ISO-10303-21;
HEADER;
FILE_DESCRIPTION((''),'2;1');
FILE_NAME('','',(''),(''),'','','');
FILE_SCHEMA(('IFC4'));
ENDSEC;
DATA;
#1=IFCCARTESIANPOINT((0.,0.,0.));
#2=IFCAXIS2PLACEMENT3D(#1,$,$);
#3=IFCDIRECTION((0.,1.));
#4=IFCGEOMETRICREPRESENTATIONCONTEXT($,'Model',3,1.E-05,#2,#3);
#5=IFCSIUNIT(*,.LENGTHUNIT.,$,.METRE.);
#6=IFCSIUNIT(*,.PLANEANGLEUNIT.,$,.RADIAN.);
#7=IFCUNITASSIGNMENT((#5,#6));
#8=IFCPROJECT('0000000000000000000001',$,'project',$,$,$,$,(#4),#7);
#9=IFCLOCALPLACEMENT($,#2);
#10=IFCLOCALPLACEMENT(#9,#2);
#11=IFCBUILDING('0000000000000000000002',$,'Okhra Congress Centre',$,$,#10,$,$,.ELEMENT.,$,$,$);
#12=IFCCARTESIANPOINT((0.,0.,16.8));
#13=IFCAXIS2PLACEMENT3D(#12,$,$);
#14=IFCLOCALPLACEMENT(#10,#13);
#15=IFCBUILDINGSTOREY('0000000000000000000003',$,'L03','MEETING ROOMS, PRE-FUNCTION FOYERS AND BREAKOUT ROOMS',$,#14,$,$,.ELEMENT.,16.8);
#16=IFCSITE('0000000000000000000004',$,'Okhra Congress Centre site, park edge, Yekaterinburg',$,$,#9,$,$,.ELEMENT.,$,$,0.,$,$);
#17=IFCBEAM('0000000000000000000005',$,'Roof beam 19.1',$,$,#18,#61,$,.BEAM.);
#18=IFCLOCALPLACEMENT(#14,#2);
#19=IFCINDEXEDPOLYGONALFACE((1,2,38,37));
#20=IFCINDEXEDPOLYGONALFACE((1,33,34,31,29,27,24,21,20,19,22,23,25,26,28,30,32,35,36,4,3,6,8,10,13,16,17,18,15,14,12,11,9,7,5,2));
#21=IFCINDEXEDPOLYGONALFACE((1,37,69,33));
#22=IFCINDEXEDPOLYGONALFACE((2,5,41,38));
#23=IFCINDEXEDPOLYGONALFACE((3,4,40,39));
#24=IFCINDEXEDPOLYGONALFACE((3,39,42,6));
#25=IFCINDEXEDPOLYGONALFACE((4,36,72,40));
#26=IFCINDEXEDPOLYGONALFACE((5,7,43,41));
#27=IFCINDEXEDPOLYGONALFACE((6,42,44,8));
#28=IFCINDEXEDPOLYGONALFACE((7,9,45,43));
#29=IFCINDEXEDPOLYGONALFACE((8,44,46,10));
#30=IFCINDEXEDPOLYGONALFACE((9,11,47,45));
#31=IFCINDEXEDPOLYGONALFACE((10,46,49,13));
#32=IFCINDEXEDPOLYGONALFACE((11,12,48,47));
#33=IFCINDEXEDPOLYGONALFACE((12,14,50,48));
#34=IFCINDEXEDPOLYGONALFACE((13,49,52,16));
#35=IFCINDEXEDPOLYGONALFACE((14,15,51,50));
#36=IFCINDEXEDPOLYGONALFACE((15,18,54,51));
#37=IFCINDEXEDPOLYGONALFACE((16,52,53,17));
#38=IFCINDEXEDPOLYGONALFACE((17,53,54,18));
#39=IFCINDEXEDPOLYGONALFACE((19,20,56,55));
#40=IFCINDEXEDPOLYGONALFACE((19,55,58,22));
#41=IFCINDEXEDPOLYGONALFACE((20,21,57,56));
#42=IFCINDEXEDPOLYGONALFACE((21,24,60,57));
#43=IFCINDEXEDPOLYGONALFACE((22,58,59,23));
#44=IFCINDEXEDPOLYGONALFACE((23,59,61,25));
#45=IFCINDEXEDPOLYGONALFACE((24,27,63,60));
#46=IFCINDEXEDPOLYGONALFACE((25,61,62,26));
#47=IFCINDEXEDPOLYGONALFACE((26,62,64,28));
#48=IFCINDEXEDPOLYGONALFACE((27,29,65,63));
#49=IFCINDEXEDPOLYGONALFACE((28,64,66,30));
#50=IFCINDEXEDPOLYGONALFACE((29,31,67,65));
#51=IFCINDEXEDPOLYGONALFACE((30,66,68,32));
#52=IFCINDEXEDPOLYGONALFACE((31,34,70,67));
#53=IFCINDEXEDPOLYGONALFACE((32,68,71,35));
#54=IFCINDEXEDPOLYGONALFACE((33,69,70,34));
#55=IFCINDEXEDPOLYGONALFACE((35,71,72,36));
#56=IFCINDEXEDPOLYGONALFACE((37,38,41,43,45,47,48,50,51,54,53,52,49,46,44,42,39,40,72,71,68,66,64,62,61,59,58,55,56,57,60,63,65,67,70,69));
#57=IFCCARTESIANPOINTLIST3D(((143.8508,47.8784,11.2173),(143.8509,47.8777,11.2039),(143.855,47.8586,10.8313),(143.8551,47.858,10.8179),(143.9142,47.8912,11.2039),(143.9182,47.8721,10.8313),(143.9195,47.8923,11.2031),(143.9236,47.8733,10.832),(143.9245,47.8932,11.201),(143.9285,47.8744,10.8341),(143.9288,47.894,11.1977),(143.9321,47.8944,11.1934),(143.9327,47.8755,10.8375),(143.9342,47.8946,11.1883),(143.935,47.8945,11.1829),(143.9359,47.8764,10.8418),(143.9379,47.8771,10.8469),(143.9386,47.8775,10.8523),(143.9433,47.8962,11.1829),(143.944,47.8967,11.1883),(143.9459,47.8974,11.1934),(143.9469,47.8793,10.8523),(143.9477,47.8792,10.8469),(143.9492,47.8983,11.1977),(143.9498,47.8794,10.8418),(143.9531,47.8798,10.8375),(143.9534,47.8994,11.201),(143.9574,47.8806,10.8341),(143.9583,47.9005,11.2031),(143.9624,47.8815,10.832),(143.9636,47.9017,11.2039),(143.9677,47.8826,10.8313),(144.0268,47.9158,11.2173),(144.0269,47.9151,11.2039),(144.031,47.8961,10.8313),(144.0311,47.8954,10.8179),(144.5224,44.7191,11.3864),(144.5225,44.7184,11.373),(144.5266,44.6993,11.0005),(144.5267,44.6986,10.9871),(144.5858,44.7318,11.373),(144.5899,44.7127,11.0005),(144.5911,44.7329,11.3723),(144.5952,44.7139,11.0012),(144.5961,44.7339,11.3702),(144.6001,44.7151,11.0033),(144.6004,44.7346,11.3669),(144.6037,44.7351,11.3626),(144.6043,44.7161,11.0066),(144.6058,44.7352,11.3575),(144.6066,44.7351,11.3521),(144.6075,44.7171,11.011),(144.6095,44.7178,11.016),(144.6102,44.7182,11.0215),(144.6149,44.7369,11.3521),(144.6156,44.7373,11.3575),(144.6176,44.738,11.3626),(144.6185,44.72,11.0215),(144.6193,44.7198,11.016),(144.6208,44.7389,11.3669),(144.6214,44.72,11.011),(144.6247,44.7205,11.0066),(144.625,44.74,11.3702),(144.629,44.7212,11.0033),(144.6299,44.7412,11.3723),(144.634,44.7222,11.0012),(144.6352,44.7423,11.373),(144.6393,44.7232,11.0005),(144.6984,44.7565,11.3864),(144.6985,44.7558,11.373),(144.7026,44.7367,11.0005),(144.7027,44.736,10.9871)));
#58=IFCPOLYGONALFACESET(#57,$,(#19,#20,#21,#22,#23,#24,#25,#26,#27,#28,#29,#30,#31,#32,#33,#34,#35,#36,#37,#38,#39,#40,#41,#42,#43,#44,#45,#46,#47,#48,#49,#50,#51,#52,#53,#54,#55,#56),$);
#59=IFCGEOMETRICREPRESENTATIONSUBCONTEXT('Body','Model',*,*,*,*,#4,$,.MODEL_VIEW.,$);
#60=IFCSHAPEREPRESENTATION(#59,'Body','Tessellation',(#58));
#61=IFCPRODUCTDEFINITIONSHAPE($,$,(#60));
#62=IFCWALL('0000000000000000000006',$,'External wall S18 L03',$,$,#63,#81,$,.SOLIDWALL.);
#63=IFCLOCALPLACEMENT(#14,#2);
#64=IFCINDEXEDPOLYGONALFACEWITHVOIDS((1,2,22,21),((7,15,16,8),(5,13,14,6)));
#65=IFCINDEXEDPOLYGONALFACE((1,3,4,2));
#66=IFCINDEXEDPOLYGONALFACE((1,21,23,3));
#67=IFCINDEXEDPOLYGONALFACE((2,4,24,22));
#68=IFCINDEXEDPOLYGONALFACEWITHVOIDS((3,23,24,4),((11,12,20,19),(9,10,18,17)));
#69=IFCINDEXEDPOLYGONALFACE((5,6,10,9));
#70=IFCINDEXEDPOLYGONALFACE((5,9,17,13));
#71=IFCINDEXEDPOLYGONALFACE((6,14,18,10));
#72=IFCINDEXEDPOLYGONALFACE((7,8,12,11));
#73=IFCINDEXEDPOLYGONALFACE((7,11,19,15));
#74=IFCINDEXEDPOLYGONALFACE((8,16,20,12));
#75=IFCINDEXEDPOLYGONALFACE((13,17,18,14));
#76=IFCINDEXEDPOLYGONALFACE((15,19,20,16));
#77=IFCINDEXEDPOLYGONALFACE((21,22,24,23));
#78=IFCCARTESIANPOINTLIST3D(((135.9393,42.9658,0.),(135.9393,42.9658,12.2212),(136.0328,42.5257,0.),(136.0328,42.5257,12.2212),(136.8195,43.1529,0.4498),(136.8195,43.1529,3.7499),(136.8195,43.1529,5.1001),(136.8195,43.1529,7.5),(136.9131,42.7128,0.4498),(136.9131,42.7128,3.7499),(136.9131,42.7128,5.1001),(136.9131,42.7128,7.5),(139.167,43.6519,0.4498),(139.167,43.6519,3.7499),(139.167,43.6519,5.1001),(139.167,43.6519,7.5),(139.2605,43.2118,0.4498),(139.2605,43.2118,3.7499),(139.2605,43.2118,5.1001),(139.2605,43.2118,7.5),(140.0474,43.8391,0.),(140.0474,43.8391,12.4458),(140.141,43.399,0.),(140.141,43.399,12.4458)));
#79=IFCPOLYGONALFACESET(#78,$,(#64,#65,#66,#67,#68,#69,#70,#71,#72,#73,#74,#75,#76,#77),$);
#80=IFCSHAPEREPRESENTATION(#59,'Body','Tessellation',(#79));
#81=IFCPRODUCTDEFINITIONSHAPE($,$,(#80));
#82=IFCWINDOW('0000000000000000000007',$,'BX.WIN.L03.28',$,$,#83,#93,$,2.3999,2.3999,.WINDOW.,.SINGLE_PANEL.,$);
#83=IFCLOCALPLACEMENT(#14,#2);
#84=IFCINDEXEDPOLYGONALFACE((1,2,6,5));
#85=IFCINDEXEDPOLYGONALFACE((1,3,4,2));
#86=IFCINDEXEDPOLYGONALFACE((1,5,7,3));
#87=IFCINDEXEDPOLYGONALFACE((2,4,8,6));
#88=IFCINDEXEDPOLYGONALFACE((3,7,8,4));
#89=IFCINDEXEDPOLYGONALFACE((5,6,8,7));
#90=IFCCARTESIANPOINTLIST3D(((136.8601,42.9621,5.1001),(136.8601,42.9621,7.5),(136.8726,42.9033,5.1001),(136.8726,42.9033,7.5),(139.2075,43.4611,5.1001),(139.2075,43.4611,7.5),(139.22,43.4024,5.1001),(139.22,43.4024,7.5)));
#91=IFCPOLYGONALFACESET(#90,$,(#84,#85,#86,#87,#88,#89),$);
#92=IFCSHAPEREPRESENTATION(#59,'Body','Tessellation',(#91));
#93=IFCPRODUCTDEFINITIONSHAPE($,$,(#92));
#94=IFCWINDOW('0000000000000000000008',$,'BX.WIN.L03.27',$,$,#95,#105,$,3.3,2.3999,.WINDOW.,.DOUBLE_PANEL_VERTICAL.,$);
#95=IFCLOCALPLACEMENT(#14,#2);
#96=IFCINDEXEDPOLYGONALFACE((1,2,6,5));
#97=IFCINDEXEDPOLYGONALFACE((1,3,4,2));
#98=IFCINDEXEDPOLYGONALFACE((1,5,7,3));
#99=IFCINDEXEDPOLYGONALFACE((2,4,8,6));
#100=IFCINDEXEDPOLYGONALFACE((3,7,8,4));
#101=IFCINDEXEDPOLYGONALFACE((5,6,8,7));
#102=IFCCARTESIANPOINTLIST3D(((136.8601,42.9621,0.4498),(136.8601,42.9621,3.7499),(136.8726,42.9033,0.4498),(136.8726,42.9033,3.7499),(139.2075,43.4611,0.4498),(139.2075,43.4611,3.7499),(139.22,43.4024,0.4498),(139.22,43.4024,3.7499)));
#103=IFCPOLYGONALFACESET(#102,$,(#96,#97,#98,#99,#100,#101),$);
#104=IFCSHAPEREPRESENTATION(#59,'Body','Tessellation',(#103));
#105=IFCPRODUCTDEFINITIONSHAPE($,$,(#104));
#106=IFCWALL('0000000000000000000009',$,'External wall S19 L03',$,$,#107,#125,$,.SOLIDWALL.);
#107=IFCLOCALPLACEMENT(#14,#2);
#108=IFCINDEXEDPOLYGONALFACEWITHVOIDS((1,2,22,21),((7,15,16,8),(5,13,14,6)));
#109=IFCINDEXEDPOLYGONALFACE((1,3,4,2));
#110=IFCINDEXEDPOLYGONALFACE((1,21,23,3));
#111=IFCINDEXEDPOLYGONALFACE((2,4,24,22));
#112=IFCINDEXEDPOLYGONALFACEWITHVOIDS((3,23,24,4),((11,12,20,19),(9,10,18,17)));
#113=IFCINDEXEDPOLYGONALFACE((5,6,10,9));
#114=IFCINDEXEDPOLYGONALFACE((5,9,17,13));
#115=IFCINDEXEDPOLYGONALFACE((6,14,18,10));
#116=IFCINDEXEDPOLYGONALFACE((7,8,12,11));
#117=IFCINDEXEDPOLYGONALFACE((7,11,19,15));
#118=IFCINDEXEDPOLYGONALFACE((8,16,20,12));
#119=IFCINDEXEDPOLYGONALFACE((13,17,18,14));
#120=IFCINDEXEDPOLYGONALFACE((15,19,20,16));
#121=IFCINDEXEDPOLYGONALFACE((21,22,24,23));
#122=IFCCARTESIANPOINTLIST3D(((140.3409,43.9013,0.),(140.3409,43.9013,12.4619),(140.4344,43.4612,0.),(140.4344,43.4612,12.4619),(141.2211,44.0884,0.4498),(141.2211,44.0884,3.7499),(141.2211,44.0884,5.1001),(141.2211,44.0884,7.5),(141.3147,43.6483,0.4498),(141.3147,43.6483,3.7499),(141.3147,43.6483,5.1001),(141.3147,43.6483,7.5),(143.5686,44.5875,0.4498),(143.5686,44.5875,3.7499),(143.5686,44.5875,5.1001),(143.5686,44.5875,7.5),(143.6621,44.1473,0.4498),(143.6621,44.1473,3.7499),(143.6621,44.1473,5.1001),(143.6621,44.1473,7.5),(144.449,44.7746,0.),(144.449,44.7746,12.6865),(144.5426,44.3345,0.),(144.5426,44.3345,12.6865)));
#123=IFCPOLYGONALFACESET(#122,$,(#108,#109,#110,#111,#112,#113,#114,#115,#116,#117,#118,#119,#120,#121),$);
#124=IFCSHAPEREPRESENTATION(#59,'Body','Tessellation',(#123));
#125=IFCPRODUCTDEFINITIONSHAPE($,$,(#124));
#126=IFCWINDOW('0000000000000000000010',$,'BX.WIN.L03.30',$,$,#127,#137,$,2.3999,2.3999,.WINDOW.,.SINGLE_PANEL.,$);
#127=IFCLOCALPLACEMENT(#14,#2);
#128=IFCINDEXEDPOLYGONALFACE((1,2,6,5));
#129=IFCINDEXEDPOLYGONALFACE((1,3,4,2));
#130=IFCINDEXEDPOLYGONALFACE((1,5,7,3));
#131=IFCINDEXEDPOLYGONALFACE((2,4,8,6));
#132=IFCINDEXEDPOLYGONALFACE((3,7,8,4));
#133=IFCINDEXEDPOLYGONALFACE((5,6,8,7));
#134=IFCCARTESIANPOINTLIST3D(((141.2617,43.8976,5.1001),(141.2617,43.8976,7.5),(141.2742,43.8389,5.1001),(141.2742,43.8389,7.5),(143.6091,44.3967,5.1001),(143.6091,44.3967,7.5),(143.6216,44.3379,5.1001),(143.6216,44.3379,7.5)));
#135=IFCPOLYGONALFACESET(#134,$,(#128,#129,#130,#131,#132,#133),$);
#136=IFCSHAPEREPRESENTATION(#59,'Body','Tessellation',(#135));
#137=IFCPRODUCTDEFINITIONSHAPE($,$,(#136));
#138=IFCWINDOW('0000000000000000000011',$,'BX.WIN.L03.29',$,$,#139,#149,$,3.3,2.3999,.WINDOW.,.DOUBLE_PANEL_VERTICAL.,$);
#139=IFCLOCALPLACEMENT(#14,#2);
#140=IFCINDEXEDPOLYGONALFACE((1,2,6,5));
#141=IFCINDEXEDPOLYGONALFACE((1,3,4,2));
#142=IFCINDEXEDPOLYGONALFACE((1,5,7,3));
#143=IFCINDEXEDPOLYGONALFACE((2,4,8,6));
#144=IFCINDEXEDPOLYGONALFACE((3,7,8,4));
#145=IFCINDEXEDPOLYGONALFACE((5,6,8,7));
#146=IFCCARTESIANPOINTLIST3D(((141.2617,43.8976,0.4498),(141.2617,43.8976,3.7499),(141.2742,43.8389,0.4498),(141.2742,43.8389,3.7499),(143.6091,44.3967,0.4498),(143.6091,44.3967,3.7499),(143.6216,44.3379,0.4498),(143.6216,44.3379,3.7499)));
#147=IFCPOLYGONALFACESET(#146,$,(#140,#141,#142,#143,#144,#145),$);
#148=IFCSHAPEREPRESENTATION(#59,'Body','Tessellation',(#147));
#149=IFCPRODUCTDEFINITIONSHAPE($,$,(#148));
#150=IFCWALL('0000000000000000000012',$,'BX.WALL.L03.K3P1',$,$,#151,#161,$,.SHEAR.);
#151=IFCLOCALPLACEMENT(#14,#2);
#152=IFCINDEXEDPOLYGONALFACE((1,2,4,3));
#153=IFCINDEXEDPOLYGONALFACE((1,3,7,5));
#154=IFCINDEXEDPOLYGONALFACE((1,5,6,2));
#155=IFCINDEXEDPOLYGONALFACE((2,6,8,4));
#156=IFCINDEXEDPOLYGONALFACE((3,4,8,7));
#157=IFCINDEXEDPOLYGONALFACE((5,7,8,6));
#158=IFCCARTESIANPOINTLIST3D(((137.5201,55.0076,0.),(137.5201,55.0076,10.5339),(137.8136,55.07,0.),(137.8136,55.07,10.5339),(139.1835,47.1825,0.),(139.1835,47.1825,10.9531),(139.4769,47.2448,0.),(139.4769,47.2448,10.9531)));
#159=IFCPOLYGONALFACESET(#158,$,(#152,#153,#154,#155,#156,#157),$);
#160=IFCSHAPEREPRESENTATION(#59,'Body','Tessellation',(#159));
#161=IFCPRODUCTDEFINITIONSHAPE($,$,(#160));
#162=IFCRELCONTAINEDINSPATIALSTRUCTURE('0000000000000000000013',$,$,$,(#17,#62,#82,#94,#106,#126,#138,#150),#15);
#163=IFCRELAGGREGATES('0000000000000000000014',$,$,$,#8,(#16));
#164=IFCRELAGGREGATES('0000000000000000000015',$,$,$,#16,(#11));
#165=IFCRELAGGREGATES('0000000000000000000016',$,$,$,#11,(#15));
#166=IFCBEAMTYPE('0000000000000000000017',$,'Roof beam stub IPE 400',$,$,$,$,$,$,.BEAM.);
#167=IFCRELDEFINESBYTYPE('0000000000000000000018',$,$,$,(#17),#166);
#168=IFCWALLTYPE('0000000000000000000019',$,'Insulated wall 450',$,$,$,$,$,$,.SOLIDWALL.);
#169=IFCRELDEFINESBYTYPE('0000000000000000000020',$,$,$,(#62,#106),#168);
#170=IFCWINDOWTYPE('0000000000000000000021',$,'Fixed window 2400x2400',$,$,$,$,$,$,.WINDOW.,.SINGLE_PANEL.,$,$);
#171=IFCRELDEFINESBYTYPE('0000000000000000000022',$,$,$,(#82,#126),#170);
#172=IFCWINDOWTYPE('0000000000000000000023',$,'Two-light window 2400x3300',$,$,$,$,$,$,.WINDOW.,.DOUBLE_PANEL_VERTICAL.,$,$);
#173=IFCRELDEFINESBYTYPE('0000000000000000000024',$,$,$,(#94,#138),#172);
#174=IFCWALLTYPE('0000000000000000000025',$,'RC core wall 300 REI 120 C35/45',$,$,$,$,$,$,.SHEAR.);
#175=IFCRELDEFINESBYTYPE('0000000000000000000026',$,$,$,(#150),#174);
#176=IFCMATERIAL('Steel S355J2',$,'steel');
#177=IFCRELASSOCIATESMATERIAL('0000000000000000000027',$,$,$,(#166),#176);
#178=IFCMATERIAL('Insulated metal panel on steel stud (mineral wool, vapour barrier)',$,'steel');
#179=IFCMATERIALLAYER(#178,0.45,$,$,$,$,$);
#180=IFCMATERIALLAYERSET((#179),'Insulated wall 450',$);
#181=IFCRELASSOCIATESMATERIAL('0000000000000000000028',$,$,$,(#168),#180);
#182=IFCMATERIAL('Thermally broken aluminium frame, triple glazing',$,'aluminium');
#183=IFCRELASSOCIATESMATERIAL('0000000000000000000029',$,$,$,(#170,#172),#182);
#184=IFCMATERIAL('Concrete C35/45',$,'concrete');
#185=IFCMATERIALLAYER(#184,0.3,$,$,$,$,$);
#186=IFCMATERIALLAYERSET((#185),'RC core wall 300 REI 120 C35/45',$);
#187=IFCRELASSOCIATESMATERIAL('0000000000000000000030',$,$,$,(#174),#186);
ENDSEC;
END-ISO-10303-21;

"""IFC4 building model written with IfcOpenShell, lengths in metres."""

from ifc_helpers import new_model, si_unit, direction, frame, frame_2d, origin, origin_2d, place, context, subcontext, project, spatial, polyline, rectangle, i_section, outline, extrude, material, layer, layer_set, material_profile, profile_set, type_object, element, fill, save


model = new_model("IFC4")

# Units and contexts
model_context = context("Model", 3, precision=1e-05, world=origin(), true_north=direction((0.0, 1.0)))
body_context = subcontext(model_context, "Body", "Model", "MODEL_VIEW")
ifc_project = project(units=[si_unit("LENGTHUNIT", "METRE"), si_unit("PLANEANGLEUNIT", "RADIAN")], contexts=[model_context])

# Site, building, storey
site_placement = place(None, origin())
site = spatial("IfcSite", under=ifc_project, at=site_placement, Name="Okhra Congress Centre site, park edge, Yekaterinburg", CompositionType="ELEMENT", RefElevation=0.0)
building_placement = place(site_placement, origin())
building = spatial("IfcBuilding", under=site, at=building_placement, Name="Okhra Congress Centre", CompositionType="ELEMENT")
storey_placement = place(building_placement, frame((0.0, 0.0, 16.8)))
storey = spatial("IfcBuildingStorey", under=building, at=storey_placement, Name="L03", Description="MEETING ROOMS, PRE-FUNCTION FOYERS AND BREAKOUT ROOMS", CompositionType="ELEMENT", Elevation=16.8)

# Shared definitions
ifc_material_1 = material(Name="Steel S355J2", Category="steel")

# Beam
ifc_material_profile_1 = material_profile(ifc_material_1, i_section(OverallWidth=0.1799, OverallDepth=0.3999, WebThickness=0.0085, FlangeThickness=0.0134, FilletRadius=0.021, at=origin_2d()), Name="IPE 400")
ifc_profile_set_1 = profile_set([ifc_material_profile_1], Name="Steel S355J2")
beam_type = type_object("IfcBeamType", Name="Roof beam stub IPE 400", PredefinedType="BEAM", material=ifc_profile_set_1)
for number, where, z_axis, x_axis, name in (
    (1, (144.6125, 44.7275, 11.1868), (-0.207649, 0.976804, -0.052309), (-0.978143, -0.207934, 0.0), "Roof beam 19.1"),
):
    element("IfcBeam", number, at=place(storey_placement, frame(where, z_axis=z_axis, x_axis=x_axis)), inside=storey, type_object=beam_type, Name=name, PredefinedType="BEAM", context=body_context, shape_type="SweptSolid", body=[
        extrude(i_section(OverallWidth=0.1799, OverallDepth=0.3999, WebThickness=0.0085, FlangeThickness=0.0134, FilletRadius=0.021, at=origin_2d()), origin(), (0.0, 0.0, 1.0), 3.2344),
    ])

# Walls, openings, windows
ifc_material_2 = material(Name="Insulated metal panel on steel stud (mineral wool, vapour barrier)", Category="steel")
ifc_layer_1 = layer(ifc_material_2, 0.45)
ifc_layer_set_1 = layer_set([ifc_layer_1], Name="Insulated wall 450")
wall_type_1 = type_object("IfcWallType", Name="Insulated wall 450", PredefinedType="SOLIDWALL", material=ifc_layer_set_1)
wall_1_placement = place(storey_placement, frame((135.9861, 42.7456, 0.0), z_axis=(0.0, 0.0, 1.0), x_axis=(0.978144, 0.207929, 0.0)))
wall_1 = element("IfcWall", 2, at=wall_1_placement, inside=storey, type_object=wall_type_1, Name="External wall S18 L03", PredefinedType="SOLIDWALL", context=body_context, shape_type="SweptSolid", body=[
    extrude(outline(polyline([(0.0, 0.0), (4.2, 0.0), (4.2, 12.4458), (0.0, 12.2212), (0.0, 0.0)])), frame((0.0, 0.2251, 0.0), z_axis=(0.0, -1.0, 0.0), x_axis=(1.0, 0.0, 0.0)), (0.0, 0.0, 1.0), 0.45),
])
opening_1_placement = place(wall_1_placement, frame((0.8999, 0.0, 0.45)))
opening_1 = element("IfcOpeningElement", 3, at=opening_1_placement, cuts=wall_1, PredefinedType="OPENING", context=body_context, shape_type="SweptSolid", body=[
    extrude(rectangle(XDim=2.3999, YDim=3.3, at=frame_2d((1.2, 1.6499))), frame((0.0, 0.2349, 0.0), z_axis=(0.0, -1.0, 0.0), x_axis=(1.0, 0.0, 0.0)), (0.0, 0.0, 1.0), 0.47),
])
opening_2_placement = place(wall_1_placement, frame((0.8999, 0.0, 5.1001)))
opening_2 = element("IfcOpeningElement", 4, at=opening_2_placement, cuts=wall_1, PredefinedType="OPENING", context=body_context, shape_type="SweptSolid", body=[
    extrude(rectangle(XDim=2.3999, YDim=2.3999, at=frame_2d((1.2, 1.2))), frame((0.0, 0.2349, 0.0), z_axis=(0.0, -1.0, 0.0), x_axis=(1.0, 0.0, 0.0)), (0.0, 0.0, 1.0), 0.47),
])
ifc_material_3 = material(Name="Thermally broken aluminium frame, triple glazing", Category="aluminium")
window_type_1 = type_object("IfcWindowType", Name="Fixed window 2400x2400", PartitioningType="SINGLE_PANEL", PredefinedType="WINDOW", material=ifc_material_3)
window_1_placement = place(opening_2_placement, origin())
window_1 = element("IfcWindow", 5, at=window_1_placement, inside=storey, type_object=window_type_1, Name="BX.WIN.L03.28", OverallHeight=2.3999, OverallWidth=2.3999, PartitioningType="SINGLE_PANEL", PredefinedType="WINDOW", context=body_context, shape_type="SweptSolid", body=[
    extrude(rectangle(XDim=2.3999, YDim=2.3999, at=frame_2d((1.2, 1.2))), frame((0.0, 0.03, 0.0), z_axis=(0.0, -1.0, 0.0), x_axis=(1.0, 0.0, 0.0)), (0.0, 0.0, 1.0), 0.0601),
])
fill(opening_2, window_1)
window_type_2 = type_object("IfcWindowType", Name="Two-light window 2400x3300", PartitioningType="DOUBLE_PANEL_VERTICAL", PredefinedType="WINDOW", material=ifc_material_3)
window_2_placement = place(opening_1_placement, origin())
window_2 = element("IfcWindow", 6, at=window_2_placement, inside=storey, type_object=window_type_2, Name="BX.WIN.L03.27", OverallHeight=3.3, OverallWidth=2.3999, PartitioningType="DOUBLE_PANEL_VERTICAL", PredefinedType="WINDOW", context=body_context, shape_type="SweptSolid", body=[
    extrude(rectangle(XDim=2.3999, YDim=3.3, at=frame_2d((1.2, 1.6499))), frame((0.0, 0.03, 0.0), z_axis=(0.0, -1.0, 0.0), x_axis=(1.0, 0.0, 0.0)), (0.0, 0.0, 1.0), 0.0601),
])
fill(opening_1, window_2)
wall_2_placement = place(storey_placement, frame((140.3877, 43.6812, 0.0), z_axis=(0.0, 0.0, 1.0), x_axis=(0.978144, 0.207929, 0.0)))
wall_2 = element("IfcWall", 7, at=wall_2_placement, inside=storey, type_object=wall_type_1, Name="External wall S19 L03", PredefinedType="SOLIDWALL", context=body_context, shape_type="SweptSolid", body=[
    extrude(outline(polyline([(0.0, 0.0), (4.2, 0.0), (4.2, 12.6865), (0.0, 12.4619), (0.0, 0.0)])), frame((0.0, 0.2251, 0.0), z_axis=(0.0, -1.0, 0.0), x_axis=(1.0, 0.0, 0.0)), (0.0, 0.0, 1.0), 0.45),
])
opening_3_placement = place(wall_2_placement, frame((0.8999, 0.0, 0.45)))
opening_3 = element("IfcOpeningElement", 8, at=opening_3_placement, cuts=wall_2, PredefinedType="OPENING", context=body_context, shape_type="SweptSolid", body=[
    extrude(rectangle(XDim=2.3999, YDim=3.3, at=frame_2d((1.2, 1.6499))), frame((0.0, 0.2349, 0.0), z_axis=(0.0, -1.0, 0.0), x_axis=(1.0, 0.0, 0.0)), (0.0, 0.0, 1.0), 0.47),
])
opening_4_placement = place(wall_2_placement, frame((0.8999, 0.0, 5.1001)))
opening_4 = element("IfcOpeningElement", 9, at=opening_4_placement, cuts=wall_2, PredefinedType="OPENING", context=body_context, shape_type="SweptSolid", body=[
    extrude(rectangle(XDim=2.3999, YDim=2.3999, at=frame_2d((1.2, 1.2))), frame((0.0, 0.2349, 0.0), z_axis=(0.0, -1.0, 0.0), x_axis=(1.0, 0.0, 0.0)), (0.0, 0.0, 1.0), 0.47),
])
window_3_placement = place(opening_4_placement, origin())
window_3 = element("IfcWindow", 10, at=window_3_placement, inside=storey, type_object=window_type_1, Name="BX.WIN.L03.30", OverallHeight=2.3999, OverallWidth=2.3999, PartitioningType="SINGLE_PANEL", PredefinedType="WINDOW", context=body_context, shape_type="SweptSolid", body=[
    extrude(rectangle(XDim=2.3999, YDim=2.3999, at=frame_2d((1.2, 1.2))), frame((0.0, 0.03, 0.0), z_axis=(0.0, -1.0, 0.0), x_axis=(1.0, 0.0, 0.0)), (0.0, 0.0, 1.0), 0.0601),
])
fill(opening_4, window_3)
window_4_placement = place(opening_3_placement, origin())
window_4 = element("IfcWindow", 11, at=window_4_placement, inside=storey, type_object=window_type_2, Name="BX.WIN.L03.29", OverallHeight=3.3, OverallWidth=2.3999, PartitioningType="DOUBLE_PANEL_VERTICAL", PredefinedType="WINDOW", context=body_context, shape_type="SweptSolid", body=[
    extrude(rectangle(XDim=2.3999, YDim=3.3, at=frame_2d((1.2, 1.6499))), frame((0.0, 0.03, 0.0), z_axis=(0.0, -1.0, 0.0), x_axis=(1.0, 0.0, 0.0)), (0.0, 0.0, 1.0), 0.0601),
])
fill(opening_3, window_4)

# Wall
ifc_material_4 = material(Name="Concrete C35/45", Category="concrete")
ifc_layer_2 = layer(ifc_material_4, 0.3)
ifc_layer_set_2 = layer_set([ifc_layer_2], Name="RC core wall 300 REI 120 C35/45")
wall_type_2 = type_object("IfcWallType", Name="RC core wall 300 REI 120 C35/45", PredefinedType="SHEAR", material=ifc_layer_set_2)
wall_3_placement = place(storey_placement, frame((139.3301, 47.2136, 0.0), z_axis=(0.0, 0.0, 1.0), x_axis=(-0.207916, 0.978147, 0.0)))
element("IfcWall", 12, at=wall_3_placement, inside=storey, type_object=wall_type_2, Name="BX.WALL.L03.K3P1", PredefinedType="SHEAR", context=body_context, shape_type="SweptSolid", body=[
    extrude(outline(polyline([(0.0, 0.0), (8.0, 0.0), (8.0, 10.5339), (0.0, 10.9531), (0.0, 0.0)])), frame((0.0, 0.1499, 0.0), z_axis=(0.0, -1.0, 0.0), x_axis=(1.0, 0.0, 0.0)), (0.0, 0.0, 1.0), 0.3),
])

save(model, "model.ifc")
